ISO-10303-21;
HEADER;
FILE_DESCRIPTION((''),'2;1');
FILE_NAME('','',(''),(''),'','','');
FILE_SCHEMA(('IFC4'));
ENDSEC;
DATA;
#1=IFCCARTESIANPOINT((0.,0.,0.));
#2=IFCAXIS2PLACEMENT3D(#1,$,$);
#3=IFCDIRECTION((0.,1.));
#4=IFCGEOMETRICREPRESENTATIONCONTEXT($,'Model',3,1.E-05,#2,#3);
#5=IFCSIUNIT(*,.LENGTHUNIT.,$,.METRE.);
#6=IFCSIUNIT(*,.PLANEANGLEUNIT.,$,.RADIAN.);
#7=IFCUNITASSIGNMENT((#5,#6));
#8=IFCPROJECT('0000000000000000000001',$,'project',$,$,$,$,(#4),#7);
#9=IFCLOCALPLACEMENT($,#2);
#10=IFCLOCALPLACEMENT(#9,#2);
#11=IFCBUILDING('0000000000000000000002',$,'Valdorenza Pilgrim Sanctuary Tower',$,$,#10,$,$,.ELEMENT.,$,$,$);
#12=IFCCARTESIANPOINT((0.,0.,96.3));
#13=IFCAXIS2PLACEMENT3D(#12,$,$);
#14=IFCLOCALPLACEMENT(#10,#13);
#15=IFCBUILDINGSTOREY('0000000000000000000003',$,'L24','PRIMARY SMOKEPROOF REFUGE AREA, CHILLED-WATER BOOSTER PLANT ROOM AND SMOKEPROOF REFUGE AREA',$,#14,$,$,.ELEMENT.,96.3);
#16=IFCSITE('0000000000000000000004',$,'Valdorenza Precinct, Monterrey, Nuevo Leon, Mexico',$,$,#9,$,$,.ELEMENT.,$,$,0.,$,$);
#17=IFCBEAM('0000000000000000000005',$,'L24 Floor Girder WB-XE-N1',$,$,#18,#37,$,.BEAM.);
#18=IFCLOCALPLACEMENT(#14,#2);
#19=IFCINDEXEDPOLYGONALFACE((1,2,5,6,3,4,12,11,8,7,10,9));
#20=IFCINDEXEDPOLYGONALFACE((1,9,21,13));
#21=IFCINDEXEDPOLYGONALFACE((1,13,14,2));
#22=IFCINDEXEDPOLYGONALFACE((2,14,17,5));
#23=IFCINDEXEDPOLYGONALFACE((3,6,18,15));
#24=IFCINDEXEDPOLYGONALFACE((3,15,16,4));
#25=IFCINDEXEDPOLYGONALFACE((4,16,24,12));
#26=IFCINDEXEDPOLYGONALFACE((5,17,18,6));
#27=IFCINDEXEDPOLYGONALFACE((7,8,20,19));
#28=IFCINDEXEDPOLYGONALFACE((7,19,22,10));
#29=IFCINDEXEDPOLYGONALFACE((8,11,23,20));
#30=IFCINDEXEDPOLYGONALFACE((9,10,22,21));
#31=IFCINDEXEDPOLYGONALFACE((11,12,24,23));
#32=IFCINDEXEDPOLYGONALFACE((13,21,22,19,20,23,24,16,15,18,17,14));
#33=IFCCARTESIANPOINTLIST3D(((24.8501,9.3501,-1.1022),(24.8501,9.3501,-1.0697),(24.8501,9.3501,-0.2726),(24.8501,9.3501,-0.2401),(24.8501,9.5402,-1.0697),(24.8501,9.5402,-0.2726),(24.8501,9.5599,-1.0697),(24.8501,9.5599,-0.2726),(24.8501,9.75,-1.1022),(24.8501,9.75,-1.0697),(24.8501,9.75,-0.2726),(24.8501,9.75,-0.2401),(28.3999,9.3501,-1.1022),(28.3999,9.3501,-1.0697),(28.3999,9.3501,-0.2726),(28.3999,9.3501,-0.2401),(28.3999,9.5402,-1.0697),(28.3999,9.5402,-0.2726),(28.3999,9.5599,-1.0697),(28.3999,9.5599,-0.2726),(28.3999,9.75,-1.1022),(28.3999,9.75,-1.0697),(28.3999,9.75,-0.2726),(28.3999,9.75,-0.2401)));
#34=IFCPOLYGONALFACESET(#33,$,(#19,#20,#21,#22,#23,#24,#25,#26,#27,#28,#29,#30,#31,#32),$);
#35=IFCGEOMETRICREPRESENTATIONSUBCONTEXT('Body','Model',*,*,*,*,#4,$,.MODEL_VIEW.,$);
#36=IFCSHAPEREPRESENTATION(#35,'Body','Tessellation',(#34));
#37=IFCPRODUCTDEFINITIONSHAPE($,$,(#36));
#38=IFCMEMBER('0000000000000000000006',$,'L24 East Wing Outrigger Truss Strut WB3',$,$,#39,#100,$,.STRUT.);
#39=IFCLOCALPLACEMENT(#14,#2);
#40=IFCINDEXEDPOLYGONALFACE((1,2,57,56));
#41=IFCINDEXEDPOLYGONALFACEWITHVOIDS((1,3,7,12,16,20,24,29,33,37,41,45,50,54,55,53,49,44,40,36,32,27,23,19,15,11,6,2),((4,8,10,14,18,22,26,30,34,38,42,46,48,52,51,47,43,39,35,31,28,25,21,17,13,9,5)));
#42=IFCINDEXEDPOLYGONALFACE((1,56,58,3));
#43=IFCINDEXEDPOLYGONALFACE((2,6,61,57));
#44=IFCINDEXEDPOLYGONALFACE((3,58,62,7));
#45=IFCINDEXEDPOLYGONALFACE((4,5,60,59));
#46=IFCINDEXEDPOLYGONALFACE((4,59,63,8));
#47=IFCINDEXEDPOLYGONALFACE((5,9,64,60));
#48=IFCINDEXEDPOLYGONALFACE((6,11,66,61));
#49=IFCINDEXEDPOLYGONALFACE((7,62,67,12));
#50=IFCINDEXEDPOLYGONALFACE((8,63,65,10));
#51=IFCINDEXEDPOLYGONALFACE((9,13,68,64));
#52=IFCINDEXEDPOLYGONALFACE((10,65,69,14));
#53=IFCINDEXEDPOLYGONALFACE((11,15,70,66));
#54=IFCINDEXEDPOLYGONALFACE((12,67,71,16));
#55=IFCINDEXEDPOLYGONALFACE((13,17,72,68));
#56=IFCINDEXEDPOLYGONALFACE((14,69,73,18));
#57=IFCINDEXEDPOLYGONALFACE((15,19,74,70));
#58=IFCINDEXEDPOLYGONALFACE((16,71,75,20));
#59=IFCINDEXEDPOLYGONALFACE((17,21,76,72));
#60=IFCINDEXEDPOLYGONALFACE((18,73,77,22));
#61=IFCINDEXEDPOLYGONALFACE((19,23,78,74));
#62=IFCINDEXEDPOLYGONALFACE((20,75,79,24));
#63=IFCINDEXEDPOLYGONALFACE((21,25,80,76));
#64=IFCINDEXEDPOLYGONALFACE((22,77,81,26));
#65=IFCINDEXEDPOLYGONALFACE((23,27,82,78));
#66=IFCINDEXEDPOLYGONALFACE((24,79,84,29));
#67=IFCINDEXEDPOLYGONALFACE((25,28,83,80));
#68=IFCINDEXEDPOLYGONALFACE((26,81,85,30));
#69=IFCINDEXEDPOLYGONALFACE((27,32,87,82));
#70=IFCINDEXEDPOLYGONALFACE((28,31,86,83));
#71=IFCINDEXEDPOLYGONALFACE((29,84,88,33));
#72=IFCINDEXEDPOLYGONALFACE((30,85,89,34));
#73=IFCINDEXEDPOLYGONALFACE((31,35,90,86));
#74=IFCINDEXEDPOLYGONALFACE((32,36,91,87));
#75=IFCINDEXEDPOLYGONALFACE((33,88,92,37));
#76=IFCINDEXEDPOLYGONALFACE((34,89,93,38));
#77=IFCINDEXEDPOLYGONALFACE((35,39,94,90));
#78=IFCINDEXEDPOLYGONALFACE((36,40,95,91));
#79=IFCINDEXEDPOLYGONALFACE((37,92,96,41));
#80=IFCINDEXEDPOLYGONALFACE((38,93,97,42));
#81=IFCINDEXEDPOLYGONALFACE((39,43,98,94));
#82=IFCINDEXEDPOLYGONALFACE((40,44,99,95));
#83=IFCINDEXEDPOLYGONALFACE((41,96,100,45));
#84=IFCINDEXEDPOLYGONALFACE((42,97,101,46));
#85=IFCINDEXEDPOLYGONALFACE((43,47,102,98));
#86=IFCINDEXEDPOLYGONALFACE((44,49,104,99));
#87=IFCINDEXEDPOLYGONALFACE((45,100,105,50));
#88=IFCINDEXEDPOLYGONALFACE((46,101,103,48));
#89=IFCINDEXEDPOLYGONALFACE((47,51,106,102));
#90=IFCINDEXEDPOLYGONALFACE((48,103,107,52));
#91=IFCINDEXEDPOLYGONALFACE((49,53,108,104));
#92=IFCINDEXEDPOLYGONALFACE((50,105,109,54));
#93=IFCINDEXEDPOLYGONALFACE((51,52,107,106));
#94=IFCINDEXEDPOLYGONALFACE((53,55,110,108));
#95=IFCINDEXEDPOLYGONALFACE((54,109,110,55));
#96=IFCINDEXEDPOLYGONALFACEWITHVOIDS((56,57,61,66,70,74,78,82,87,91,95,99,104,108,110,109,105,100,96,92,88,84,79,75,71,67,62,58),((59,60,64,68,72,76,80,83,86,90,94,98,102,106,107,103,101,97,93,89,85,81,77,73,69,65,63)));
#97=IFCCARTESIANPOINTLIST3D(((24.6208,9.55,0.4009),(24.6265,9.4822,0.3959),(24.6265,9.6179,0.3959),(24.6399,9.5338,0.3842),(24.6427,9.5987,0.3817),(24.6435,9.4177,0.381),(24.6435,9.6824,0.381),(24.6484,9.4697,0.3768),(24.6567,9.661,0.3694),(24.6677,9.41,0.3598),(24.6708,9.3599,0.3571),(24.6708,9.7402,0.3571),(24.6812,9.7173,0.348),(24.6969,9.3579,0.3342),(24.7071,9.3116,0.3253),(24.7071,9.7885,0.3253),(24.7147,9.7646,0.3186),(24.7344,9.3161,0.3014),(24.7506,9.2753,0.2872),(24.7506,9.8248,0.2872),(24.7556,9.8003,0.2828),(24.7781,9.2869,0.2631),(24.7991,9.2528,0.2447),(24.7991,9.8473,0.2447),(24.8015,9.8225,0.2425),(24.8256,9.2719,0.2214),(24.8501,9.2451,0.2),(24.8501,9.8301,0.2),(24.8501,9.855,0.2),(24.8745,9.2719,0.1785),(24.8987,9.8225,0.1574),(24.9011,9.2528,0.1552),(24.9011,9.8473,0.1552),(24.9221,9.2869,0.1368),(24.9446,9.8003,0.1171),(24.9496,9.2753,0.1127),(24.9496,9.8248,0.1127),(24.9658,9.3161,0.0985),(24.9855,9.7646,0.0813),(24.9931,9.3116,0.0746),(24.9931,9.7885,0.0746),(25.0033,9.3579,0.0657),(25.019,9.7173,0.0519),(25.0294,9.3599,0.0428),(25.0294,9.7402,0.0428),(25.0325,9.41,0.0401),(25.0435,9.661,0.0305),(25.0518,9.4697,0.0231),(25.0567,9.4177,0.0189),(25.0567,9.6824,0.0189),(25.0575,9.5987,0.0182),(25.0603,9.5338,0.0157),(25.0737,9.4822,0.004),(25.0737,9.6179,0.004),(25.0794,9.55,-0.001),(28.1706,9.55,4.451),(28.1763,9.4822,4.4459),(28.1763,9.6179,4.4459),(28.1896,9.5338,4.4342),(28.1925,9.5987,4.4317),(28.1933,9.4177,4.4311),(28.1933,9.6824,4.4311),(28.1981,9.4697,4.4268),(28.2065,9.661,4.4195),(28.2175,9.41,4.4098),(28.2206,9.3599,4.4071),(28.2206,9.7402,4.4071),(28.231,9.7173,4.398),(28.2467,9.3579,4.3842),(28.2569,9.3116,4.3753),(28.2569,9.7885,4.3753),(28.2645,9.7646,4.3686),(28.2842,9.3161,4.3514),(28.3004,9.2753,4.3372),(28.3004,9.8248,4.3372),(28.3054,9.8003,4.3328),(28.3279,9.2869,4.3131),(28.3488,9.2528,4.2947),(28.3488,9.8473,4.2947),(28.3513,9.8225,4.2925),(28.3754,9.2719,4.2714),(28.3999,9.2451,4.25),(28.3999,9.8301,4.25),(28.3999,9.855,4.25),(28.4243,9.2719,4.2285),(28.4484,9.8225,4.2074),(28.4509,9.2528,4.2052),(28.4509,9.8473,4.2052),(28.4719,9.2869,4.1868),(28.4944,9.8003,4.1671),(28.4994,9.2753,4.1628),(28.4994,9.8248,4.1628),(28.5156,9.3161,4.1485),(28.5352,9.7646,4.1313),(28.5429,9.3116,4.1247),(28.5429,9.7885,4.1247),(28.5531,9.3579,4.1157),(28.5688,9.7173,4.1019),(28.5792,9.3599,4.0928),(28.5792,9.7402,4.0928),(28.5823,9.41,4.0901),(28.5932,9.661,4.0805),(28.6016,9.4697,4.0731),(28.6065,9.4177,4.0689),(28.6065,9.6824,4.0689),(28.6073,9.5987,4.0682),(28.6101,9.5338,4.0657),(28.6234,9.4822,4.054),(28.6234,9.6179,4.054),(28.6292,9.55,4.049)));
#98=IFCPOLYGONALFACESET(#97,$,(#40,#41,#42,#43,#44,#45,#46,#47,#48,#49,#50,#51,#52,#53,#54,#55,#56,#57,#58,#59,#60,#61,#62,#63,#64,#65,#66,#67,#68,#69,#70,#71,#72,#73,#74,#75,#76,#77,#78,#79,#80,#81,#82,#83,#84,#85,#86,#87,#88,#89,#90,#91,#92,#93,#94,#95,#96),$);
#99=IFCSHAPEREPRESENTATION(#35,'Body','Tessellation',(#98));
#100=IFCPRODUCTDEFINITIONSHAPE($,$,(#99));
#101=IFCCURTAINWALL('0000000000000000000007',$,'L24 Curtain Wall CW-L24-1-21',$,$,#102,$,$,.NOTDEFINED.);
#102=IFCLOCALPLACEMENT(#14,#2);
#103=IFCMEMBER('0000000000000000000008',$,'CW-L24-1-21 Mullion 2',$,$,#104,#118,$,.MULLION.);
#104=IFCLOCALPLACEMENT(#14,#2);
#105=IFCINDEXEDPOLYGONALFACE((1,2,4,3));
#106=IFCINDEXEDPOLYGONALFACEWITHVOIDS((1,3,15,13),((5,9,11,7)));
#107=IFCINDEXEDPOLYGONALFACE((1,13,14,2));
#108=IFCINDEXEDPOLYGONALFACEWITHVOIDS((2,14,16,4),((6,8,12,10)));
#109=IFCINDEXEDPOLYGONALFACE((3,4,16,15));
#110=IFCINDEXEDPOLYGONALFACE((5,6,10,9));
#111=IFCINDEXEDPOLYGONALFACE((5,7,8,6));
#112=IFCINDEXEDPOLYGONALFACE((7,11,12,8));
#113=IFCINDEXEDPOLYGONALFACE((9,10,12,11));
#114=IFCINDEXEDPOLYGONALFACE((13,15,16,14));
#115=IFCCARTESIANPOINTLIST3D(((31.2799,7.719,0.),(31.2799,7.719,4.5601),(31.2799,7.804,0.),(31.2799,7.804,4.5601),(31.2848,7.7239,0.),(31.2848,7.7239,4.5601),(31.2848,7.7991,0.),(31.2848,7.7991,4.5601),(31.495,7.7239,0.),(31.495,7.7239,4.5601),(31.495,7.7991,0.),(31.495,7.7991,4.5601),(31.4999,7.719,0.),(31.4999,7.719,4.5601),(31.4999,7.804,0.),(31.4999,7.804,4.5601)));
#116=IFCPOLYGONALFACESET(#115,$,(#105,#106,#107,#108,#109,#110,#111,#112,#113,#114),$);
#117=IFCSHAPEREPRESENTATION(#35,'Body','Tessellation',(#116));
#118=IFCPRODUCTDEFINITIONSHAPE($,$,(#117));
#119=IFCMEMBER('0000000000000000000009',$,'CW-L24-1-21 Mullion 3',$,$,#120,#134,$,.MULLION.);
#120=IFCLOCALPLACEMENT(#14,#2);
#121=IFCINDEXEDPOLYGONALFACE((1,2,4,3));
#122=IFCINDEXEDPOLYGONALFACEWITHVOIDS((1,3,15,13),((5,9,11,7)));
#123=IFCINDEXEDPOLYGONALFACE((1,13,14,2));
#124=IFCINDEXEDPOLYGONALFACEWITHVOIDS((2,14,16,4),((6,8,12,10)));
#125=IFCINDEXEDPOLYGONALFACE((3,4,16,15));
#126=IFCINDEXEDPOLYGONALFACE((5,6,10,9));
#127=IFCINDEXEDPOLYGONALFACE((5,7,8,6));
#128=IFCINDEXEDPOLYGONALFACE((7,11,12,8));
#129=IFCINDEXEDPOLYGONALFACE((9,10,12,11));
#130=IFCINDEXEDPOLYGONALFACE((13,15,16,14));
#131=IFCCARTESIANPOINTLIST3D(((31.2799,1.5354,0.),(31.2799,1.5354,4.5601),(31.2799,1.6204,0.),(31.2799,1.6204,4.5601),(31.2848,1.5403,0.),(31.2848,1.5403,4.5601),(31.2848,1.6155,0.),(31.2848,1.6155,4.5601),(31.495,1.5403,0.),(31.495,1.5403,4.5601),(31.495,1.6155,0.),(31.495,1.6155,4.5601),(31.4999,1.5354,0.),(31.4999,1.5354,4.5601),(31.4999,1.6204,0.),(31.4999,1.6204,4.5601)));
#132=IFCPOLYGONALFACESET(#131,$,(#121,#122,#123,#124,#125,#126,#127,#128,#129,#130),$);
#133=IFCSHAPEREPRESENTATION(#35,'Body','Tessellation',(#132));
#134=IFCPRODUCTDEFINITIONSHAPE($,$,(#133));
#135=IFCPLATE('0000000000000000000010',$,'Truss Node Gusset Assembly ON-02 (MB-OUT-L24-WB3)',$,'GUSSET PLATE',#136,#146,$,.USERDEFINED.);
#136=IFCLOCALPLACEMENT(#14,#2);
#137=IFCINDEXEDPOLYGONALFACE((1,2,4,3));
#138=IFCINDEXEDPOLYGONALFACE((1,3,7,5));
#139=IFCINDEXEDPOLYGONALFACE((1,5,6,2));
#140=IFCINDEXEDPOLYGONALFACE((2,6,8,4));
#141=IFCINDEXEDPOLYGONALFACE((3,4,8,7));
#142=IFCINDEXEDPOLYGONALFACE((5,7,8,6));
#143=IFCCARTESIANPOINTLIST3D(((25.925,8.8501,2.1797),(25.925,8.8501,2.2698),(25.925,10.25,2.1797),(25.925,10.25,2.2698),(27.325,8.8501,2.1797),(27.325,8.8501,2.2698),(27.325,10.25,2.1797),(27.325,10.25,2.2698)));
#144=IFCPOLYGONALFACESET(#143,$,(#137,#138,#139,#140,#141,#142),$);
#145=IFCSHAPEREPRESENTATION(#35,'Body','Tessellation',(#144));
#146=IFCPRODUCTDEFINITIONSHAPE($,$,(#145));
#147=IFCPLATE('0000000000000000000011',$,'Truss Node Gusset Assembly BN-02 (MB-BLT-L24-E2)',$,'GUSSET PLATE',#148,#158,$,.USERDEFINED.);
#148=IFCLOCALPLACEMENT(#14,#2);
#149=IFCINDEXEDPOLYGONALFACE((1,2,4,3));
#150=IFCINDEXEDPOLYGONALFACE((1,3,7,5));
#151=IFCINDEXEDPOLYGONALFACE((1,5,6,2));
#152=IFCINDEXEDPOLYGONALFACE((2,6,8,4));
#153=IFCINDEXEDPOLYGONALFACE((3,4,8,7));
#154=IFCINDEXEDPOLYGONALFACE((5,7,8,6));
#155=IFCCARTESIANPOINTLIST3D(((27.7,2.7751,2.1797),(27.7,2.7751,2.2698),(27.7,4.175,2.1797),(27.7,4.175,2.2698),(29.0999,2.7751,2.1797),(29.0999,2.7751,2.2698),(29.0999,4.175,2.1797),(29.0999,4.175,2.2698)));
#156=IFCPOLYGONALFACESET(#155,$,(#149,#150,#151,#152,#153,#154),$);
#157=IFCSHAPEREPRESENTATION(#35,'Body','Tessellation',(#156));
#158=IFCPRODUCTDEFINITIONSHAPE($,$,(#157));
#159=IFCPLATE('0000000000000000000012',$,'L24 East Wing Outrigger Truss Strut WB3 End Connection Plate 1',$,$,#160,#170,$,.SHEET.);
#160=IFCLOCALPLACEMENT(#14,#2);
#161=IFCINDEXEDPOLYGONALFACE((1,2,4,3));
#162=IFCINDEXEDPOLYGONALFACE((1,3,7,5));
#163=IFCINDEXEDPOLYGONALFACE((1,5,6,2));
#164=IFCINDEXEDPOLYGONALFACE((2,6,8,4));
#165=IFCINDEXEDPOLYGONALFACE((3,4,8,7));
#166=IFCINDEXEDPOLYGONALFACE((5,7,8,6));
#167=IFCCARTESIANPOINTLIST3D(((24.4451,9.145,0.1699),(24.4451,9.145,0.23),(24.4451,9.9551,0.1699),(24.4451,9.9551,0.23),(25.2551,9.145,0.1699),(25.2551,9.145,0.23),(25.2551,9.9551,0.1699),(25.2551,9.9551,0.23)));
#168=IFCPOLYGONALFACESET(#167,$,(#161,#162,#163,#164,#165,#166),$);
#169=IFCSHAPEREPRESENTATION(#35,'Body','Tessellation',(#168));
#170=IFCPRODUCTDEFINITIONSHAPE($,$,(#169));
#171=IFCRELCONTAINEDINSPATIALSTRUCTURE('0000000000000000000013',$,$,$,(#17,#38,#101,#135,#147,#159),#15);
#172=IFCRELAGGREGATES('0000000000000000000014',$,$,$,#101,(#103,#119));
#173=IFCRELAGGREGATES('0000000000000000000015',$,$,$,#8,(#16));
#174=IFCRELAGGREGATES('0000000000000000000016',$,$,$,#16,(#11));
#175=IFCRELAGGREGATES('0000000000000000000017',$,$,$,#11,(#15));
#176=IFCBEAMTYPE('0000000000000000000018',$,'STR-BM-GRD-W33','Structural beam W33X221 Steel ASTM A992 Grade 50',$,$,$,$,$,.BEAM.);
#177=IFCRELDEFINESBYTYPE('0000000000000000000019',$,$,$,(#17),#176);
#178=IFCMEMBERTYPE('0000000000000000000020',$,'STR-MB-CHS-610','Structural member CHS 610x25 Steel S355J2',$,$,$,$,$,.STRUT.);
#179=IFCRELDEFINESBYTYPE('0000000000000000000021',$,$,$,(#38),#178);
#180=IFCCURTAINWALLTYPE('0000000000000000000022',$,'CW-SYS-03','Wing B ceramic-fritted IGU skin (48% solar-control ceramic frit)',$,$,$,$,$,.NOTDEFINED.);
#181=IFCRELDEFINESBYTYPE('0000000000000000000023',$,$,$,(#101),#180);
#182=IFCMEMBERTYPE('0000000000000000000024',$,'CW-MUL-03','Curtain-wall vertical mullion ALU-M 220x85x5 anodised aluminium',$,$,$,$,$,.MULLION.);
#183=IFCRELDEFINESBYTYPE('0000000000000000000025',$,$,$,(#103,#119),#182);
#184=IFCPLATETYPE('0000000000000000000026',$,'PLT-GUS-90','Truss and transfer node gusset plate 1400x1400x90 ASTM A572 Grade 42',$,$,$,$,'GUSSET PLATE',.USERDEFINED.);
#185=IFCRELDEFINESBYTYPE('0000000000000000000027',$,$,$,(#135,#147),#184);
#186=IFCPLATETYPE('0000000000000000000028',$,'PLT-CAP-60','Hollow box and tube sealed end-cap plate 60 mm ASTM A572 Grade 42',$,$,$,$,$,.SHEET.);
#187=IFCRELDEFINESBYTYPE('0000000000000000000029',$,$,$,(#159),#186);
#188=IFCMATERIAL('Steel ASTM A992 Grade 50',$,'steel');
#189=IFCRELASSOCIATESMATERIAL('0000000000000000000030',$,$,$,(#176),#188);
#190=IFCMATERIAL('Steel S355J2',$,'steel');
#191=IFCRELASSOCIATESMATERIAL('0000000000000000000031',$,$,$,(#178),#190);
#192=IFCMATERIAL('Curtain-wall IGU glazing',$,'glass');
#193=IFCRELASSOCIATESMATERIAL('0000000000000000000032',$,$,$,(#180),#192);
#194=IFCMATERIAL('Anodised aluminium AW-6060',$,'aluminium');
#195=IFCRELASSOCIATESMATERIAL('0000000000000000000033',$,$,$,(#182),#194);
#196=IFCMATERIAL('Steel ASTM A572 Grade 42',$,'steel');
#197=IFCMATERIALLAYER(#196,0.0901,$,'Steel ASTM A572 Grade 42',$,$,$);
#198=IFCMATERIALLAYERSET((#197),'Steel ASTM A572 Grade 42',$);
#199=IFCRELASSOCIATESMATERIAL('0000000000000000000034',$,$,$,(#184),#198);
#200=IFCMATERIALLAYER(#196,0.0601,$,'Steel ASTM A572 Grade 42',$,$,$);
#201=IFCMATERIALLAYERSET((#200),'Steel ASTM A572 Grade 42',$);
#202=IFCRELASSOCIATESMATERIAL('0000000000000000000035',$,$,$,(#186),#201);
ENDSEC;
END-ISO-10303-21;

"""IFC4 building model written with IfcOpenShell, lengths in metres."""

from ifc_helpers import new_model, si_unit, direction, frame, origin, origin_2d, place, context, subcontext, project, spatial, rectangle, hollow_rectangle, hollow_circle, i_section, extrude, source, transform, mapped, material, layer, layer_set, material_profile, profile_set, type_object, element, aggregate, save


model = new_model("IFC4")

# Units and contexts
model_context = context("Model", 3, precision=1e-05, world=origin(), true_north=direction((0.0, 1.0)))
body_context = subcontext(model_context, "Body", "Model", "MODEL_VIEW")
ifc_project = project(units=[si_unit("LENGTHUNIT", "METRE"), si_unit("PLANEANGLEUNIT", "RADIAN")], contexts=[model_context])

# Site, building, storey
site_placement = place(None, origin())
site = spatial("IfcSite", under=ifc_project, at=site_placement, Name="Valdorenza Precinct, Monterrey, Nuevo Leon, Mexico", CompositionType="ELEMENT", RefElevation=0.0)
building_placement = place(site_placement, origin())
building = spatial("IfcBuilding", under=site, at=building_placement, Name="Valdorenza Pilgrim Sanctuary Tower", CompositionType="ELEMENT")
storey_placement = place(building_placement, frame((0.0, 0.0, 96.3)))
storey = spatial("IfcBuildingStorey", under=building, at=storey_placement, Name="L24", Description="PRIMARY SMOKEPROOF REFUGE AREA, CHILLED-WATER BOOSTER PLANT ROOM AND SMOKEPROOF REFUGE AREA", CompositionType="ELEMENT", Elevation=96.3)

# Beam
ifc_material_1 = material(Name="Steel ASTM A992 Grade 50", Category="steel")
ifc_material_profile_1 = material_profile(ifc_material_1, i_section(OverallWidth=0.3999, OverallDepth=0.8621, WebThickness=0.0198, FlangeThickness=0.0325, at=origin_2d()), Name="W33X221")
ifc_profile_set_1 = profile_set([ifc_material_profile_1], Name="Steel ASTM A992 Grade 50")
beam_type_1 = type_object("IfcBeamType", Name="STR-BM-GRD-W33", Description="Structural beam W33X221 Steel ASTM A992 Grade 50", PredefinedType="BEAM", material=ifc_profile_set_1)
shared_shape_1 = source(origin(), body_context, "Body", "SweptSolid", [
    extrude(i_section(OverallWidth=0.3999, OverallDepth=0.8621, WebThickness=0.0198, FlangeThickness=0.0325, at=origin_2d()), origin(), (0.0, 0.0, 1.0), 3.5498),
])
beam_1_placement = place(storey_placement, frame((24.8501, 9.55, -0.6711), z_axis=(1.0, 0.0, 0.0), x_axis=(0.0, 1.0, 0.0)))
element("IfcBeam", 1, at=beam_1_placement, inside=storey, type_object=beam_type_1, Name="L24 Floor Girder WB-XE-N1", PredefinedType="BEAM", context=body_context, shape_type="MappedRepresentation", body=[
    mapped(shared_shape_1, transform((0.0, 0.0, 0.0), x_axis=(1.0, 0.0, 0.0), y_axis=(0.0, 1.0, 0.0), z_axis=(0.0, 0.0, 1.0), scale=1.0)),
])

# Member
ifc_material_2 = material(Name="Steel S355J2", Category="steel")
ifc_material_profile_2 = material_profile(ifc_material_2, hollow_circle(Radius=0.3049, WallThickness=0.0249, at=origin_2d()), Name="CHS 610x25")
ifc_profile_set_2 = profile_set([ifc_material_profile_2], Name="Steel S355J2")
member_type_1 = type_object("IfcMemberType", Name="STR-MB-CHS-610", Description="Structural member CHS 610x25 Steel S355J2", PredefinedType="STRUT", material=ifc_profile_set_2)
shared_shape_2 = source(origin(), body_context, "Body", "SweptSolid", [
    extrude(hollow_circle(Radius=0.3049, WallThickness=0.0249, at=origin_2d()), origin(), (0.0, 0.0, 1.0), 5.3855),
])
member_1_placement = place(storey_placement, frame((24.8501, 9.55, 0.2), z_axis=(0.659137, 0.0, 0.752023), x_axis=(0.0, 1.0, 0.0)))
element("IfcMember", 2, at=member_1_placement, inside=storey, type_object=member_type_1, Name="L24 East Wing Outrigger Truss Strut WB3", PredefinedType="STRUT", context=body_context, shape_type="MappedRepresentation", body=[
    mapped(shared_shape_2, transform((0.0, 0.0, 0.0), x_axis=(1.0, 0.0, 0.0), y_axis=(0.0, 1.0, 0.0), z_axis=(0.0, 0.0, 1.0), scale=1.0)),
])

# Curtain wall, members
ifc_material_3 = material(Name="Curtain-wall IGU glazing", Category="glass")
curtain_wall_type = type_object("IfcCurtainWallType", Name="CW-SYS-03", Description="Wing B ceramic-fritted IGU skin (48% solar-control ceramic frit)", PredefinedType="NOTDEFINED", material=ifc_material_3)
curtain_wall_placement = place(storey_placement, origin())
curtain_wall = element("IfcCurtainWall", 3, at=curtain_wall_placement, inside=storey, type_object=curtain_wall_type, Name="L24 Curtain Wall CW-L24-1-21", PredefinedType="NOTDEFINED")
ifc_material_4 = material(Name="Anodised aluminium AW-6060", Category="aluminium")
ifc_material_profile_3 = material_profile(ifc_material_4, hollow_rectangle(XDim=0.085, YDim=0.22, WallThickness=0.0049, at=origin_2d()), Name="ALU-M 220x85x5")
ifc_profile_set_3 = profile_set([ifc_material_profile_3], Name="Anodised aluminium AW-6060")
member_type_2 = type_object("IfcMemberType", Name="CW-MUL-03", Description="Curtain-wall vertical mullion ALU-M 220x85x5 anodised aluminium", PredefinedType="MULLION", material=ifc_profile_set_3)
shared_shape_3 = source(origin(), body_context, "Body", "SweptSolid", [
    extrude(hollow_rectangle(XDim=0.085, YDim=0.22, WallThickness=0.0049, at=origin_2d()), origin(), (0.0, 0.0, 1.0), 4.5601),
])
member_2_placement = place(storey_placement, frame((31.3899, 7.7615, 0.0), z_axis=(0.0, 0.0, 1.0), x_axis=(0.0, -1.0, 0.0)))
member_2 = element("IfcMember", 4, at=member_2_placement, type_object=member_type_2, Name="CW-L24-1-21 Mullion 2", PredefinedType="MULLION", context=body_context, shape_type="MappedRepresentation", body=[
    mapped(shared_shape_3, transform((0.0, 0.0, 0.0), x_axis=(1.0, 0.0, 0.0), y_axis=(0.0, 1.0, 0.0), z_axis=(0.0, 0.0, 1.0), scale=1.0)),
])
member_3_placement = place(storey_placement, frame((31.3899, 1.5779, 0.0), z_axis=(0.0, 0.0, 1.0), x_axis=(0.0, -1.0, 0.0)))
member_3 = element("IfcMember", 5, at=member_3_placement, type_object=member_type_2, Name="CW-L24-1-21 Mullion 3", PredefinedType="MULLION", context=body_context, shape_type="MappedRepresentation", body=[
    mapped(shared_shape_3, transform((0.0, 0.0, 0.0), x_axis=(1.0, 0.0, 0.0), y_axis=(0.0, 1.0, 0.0), z_axis=(0.0, 0.0, 1.0), scale=1.0)),
])

# Plates
ifc_material_5 = material(Name="Steel ASTM A572 Grade 42", Category="steel")
ifc_layer_1 = layer(ifc_material_5, 0.0901, Name="Steel ASTM A572 Grade 42")
ifc_layer_set_1 = layer_set([ifc_layer_1], Name="Steel ASTM A572 Grade 42")
plate_type_1 = type_object("IfcPlateType", Name="PLT-GUS-90", Description="Truss and transfer node gusset plate 1400x1400x90 ASTM A572 Grade 42", ElementType="GUSSET PLATE", PredefinedType="USERDEFINED", material=ifc_layer_set_1)
shared_shape_4 = source(origin(), body_context, "Body", "SweptSolid", [
    extrude(rectangle(XDim=1.3999, YDim=1.3999, at=origin_2d()), origin(), (0.0, 0.0, 1.0), 0.0901),
])
for number, where, z_axis, x_axis, name in (
    (6, (26.625, 9.55, 2.1797), (0.0, 0.0, 1.0), (1.0, 0.0, 0.0), "Truss Node Gusset Assembly ON-02 (MB-OUT-L24-WB3)"),
    (7, (28.3999, 3.4751, 2.1797), (0.0, 0.0, 1.0), (1.0, 0.0, 0.0), "Truss Node Gusset Assembly BN-02 (MB-BLT-L24-E2)"),
):
    element("IfcPlate", number, at=place(storey_placement, frame(where, z_axis=z_axis, x_axis=x_axis)), inside=storey, type_object=plate_type_1, Name=name, ObjectType="GUSSET PLATE", PredefinedType="USERDEFINED", context=body_context, shape_type="MappedRepresentation", body=[
        mapped(shared_shape_4, transform((0.0, 0.0, 0.0), x_axis=(1.0, 0.0, 0.0), y_axis=(0.0, 1.0, 0.0), z_axis=(0.0, 0.0, 1.0), scale=1.0)),
    ])
ifc_layer_2 = layer(ifc_material_5, 0.0601, Name="Steel ASTM A572 Grade 42")
ifc_layer_set_2 = layer_set([ifc_layer_2], Name="Steel ASTM A572 Grade 42")
plate_type_2 = type_object("IfcPlateType", Name="PLT-CAP-60", Description="Hollow box and tube sealed end-cap plate 60 mm ASTM A572 Grade 42", PredefinedType="SHEET", material=ifc_layer_set_2)
shared_shape_5 = source(origin(), body_context, "Body", "SweptSolid", [
    extrude(rectangle(XDim=0.8101, YDim=0.8101, at=origin_2d()), origin(), (0.0, 0.0, 1.0), 0.0601),
])
plate_1_placement = place(storey_placement, frame((24.8501, 9.55, 0.1699), z_axis=(0.0, 0.0, 1.0), x_axis=(1.0, 0.0, 0.0)))
element("IfcPlate", 8, at=plate_1_placement, inside=storey, type_object=plate_type_2, Name="L24 East Wing Outrigger Truss Strut WB3 End Connection Plate 1", PredefinedType="SHEET", context=body_context, shape_type="MappedRepresentation", body=[
    mapped(shared_shape_5, transform((0.0, 0.0, 0.0), x_axis=(1.0, 0.0, 0.0), y_axis=(0.0, 1.0, 0.0), z_axis=(0.0, 0.0, 1.0), scale=1.0)),
])

aggregate(curtain_wall, [member_2, member_3])

save(model, "model.ifc")
